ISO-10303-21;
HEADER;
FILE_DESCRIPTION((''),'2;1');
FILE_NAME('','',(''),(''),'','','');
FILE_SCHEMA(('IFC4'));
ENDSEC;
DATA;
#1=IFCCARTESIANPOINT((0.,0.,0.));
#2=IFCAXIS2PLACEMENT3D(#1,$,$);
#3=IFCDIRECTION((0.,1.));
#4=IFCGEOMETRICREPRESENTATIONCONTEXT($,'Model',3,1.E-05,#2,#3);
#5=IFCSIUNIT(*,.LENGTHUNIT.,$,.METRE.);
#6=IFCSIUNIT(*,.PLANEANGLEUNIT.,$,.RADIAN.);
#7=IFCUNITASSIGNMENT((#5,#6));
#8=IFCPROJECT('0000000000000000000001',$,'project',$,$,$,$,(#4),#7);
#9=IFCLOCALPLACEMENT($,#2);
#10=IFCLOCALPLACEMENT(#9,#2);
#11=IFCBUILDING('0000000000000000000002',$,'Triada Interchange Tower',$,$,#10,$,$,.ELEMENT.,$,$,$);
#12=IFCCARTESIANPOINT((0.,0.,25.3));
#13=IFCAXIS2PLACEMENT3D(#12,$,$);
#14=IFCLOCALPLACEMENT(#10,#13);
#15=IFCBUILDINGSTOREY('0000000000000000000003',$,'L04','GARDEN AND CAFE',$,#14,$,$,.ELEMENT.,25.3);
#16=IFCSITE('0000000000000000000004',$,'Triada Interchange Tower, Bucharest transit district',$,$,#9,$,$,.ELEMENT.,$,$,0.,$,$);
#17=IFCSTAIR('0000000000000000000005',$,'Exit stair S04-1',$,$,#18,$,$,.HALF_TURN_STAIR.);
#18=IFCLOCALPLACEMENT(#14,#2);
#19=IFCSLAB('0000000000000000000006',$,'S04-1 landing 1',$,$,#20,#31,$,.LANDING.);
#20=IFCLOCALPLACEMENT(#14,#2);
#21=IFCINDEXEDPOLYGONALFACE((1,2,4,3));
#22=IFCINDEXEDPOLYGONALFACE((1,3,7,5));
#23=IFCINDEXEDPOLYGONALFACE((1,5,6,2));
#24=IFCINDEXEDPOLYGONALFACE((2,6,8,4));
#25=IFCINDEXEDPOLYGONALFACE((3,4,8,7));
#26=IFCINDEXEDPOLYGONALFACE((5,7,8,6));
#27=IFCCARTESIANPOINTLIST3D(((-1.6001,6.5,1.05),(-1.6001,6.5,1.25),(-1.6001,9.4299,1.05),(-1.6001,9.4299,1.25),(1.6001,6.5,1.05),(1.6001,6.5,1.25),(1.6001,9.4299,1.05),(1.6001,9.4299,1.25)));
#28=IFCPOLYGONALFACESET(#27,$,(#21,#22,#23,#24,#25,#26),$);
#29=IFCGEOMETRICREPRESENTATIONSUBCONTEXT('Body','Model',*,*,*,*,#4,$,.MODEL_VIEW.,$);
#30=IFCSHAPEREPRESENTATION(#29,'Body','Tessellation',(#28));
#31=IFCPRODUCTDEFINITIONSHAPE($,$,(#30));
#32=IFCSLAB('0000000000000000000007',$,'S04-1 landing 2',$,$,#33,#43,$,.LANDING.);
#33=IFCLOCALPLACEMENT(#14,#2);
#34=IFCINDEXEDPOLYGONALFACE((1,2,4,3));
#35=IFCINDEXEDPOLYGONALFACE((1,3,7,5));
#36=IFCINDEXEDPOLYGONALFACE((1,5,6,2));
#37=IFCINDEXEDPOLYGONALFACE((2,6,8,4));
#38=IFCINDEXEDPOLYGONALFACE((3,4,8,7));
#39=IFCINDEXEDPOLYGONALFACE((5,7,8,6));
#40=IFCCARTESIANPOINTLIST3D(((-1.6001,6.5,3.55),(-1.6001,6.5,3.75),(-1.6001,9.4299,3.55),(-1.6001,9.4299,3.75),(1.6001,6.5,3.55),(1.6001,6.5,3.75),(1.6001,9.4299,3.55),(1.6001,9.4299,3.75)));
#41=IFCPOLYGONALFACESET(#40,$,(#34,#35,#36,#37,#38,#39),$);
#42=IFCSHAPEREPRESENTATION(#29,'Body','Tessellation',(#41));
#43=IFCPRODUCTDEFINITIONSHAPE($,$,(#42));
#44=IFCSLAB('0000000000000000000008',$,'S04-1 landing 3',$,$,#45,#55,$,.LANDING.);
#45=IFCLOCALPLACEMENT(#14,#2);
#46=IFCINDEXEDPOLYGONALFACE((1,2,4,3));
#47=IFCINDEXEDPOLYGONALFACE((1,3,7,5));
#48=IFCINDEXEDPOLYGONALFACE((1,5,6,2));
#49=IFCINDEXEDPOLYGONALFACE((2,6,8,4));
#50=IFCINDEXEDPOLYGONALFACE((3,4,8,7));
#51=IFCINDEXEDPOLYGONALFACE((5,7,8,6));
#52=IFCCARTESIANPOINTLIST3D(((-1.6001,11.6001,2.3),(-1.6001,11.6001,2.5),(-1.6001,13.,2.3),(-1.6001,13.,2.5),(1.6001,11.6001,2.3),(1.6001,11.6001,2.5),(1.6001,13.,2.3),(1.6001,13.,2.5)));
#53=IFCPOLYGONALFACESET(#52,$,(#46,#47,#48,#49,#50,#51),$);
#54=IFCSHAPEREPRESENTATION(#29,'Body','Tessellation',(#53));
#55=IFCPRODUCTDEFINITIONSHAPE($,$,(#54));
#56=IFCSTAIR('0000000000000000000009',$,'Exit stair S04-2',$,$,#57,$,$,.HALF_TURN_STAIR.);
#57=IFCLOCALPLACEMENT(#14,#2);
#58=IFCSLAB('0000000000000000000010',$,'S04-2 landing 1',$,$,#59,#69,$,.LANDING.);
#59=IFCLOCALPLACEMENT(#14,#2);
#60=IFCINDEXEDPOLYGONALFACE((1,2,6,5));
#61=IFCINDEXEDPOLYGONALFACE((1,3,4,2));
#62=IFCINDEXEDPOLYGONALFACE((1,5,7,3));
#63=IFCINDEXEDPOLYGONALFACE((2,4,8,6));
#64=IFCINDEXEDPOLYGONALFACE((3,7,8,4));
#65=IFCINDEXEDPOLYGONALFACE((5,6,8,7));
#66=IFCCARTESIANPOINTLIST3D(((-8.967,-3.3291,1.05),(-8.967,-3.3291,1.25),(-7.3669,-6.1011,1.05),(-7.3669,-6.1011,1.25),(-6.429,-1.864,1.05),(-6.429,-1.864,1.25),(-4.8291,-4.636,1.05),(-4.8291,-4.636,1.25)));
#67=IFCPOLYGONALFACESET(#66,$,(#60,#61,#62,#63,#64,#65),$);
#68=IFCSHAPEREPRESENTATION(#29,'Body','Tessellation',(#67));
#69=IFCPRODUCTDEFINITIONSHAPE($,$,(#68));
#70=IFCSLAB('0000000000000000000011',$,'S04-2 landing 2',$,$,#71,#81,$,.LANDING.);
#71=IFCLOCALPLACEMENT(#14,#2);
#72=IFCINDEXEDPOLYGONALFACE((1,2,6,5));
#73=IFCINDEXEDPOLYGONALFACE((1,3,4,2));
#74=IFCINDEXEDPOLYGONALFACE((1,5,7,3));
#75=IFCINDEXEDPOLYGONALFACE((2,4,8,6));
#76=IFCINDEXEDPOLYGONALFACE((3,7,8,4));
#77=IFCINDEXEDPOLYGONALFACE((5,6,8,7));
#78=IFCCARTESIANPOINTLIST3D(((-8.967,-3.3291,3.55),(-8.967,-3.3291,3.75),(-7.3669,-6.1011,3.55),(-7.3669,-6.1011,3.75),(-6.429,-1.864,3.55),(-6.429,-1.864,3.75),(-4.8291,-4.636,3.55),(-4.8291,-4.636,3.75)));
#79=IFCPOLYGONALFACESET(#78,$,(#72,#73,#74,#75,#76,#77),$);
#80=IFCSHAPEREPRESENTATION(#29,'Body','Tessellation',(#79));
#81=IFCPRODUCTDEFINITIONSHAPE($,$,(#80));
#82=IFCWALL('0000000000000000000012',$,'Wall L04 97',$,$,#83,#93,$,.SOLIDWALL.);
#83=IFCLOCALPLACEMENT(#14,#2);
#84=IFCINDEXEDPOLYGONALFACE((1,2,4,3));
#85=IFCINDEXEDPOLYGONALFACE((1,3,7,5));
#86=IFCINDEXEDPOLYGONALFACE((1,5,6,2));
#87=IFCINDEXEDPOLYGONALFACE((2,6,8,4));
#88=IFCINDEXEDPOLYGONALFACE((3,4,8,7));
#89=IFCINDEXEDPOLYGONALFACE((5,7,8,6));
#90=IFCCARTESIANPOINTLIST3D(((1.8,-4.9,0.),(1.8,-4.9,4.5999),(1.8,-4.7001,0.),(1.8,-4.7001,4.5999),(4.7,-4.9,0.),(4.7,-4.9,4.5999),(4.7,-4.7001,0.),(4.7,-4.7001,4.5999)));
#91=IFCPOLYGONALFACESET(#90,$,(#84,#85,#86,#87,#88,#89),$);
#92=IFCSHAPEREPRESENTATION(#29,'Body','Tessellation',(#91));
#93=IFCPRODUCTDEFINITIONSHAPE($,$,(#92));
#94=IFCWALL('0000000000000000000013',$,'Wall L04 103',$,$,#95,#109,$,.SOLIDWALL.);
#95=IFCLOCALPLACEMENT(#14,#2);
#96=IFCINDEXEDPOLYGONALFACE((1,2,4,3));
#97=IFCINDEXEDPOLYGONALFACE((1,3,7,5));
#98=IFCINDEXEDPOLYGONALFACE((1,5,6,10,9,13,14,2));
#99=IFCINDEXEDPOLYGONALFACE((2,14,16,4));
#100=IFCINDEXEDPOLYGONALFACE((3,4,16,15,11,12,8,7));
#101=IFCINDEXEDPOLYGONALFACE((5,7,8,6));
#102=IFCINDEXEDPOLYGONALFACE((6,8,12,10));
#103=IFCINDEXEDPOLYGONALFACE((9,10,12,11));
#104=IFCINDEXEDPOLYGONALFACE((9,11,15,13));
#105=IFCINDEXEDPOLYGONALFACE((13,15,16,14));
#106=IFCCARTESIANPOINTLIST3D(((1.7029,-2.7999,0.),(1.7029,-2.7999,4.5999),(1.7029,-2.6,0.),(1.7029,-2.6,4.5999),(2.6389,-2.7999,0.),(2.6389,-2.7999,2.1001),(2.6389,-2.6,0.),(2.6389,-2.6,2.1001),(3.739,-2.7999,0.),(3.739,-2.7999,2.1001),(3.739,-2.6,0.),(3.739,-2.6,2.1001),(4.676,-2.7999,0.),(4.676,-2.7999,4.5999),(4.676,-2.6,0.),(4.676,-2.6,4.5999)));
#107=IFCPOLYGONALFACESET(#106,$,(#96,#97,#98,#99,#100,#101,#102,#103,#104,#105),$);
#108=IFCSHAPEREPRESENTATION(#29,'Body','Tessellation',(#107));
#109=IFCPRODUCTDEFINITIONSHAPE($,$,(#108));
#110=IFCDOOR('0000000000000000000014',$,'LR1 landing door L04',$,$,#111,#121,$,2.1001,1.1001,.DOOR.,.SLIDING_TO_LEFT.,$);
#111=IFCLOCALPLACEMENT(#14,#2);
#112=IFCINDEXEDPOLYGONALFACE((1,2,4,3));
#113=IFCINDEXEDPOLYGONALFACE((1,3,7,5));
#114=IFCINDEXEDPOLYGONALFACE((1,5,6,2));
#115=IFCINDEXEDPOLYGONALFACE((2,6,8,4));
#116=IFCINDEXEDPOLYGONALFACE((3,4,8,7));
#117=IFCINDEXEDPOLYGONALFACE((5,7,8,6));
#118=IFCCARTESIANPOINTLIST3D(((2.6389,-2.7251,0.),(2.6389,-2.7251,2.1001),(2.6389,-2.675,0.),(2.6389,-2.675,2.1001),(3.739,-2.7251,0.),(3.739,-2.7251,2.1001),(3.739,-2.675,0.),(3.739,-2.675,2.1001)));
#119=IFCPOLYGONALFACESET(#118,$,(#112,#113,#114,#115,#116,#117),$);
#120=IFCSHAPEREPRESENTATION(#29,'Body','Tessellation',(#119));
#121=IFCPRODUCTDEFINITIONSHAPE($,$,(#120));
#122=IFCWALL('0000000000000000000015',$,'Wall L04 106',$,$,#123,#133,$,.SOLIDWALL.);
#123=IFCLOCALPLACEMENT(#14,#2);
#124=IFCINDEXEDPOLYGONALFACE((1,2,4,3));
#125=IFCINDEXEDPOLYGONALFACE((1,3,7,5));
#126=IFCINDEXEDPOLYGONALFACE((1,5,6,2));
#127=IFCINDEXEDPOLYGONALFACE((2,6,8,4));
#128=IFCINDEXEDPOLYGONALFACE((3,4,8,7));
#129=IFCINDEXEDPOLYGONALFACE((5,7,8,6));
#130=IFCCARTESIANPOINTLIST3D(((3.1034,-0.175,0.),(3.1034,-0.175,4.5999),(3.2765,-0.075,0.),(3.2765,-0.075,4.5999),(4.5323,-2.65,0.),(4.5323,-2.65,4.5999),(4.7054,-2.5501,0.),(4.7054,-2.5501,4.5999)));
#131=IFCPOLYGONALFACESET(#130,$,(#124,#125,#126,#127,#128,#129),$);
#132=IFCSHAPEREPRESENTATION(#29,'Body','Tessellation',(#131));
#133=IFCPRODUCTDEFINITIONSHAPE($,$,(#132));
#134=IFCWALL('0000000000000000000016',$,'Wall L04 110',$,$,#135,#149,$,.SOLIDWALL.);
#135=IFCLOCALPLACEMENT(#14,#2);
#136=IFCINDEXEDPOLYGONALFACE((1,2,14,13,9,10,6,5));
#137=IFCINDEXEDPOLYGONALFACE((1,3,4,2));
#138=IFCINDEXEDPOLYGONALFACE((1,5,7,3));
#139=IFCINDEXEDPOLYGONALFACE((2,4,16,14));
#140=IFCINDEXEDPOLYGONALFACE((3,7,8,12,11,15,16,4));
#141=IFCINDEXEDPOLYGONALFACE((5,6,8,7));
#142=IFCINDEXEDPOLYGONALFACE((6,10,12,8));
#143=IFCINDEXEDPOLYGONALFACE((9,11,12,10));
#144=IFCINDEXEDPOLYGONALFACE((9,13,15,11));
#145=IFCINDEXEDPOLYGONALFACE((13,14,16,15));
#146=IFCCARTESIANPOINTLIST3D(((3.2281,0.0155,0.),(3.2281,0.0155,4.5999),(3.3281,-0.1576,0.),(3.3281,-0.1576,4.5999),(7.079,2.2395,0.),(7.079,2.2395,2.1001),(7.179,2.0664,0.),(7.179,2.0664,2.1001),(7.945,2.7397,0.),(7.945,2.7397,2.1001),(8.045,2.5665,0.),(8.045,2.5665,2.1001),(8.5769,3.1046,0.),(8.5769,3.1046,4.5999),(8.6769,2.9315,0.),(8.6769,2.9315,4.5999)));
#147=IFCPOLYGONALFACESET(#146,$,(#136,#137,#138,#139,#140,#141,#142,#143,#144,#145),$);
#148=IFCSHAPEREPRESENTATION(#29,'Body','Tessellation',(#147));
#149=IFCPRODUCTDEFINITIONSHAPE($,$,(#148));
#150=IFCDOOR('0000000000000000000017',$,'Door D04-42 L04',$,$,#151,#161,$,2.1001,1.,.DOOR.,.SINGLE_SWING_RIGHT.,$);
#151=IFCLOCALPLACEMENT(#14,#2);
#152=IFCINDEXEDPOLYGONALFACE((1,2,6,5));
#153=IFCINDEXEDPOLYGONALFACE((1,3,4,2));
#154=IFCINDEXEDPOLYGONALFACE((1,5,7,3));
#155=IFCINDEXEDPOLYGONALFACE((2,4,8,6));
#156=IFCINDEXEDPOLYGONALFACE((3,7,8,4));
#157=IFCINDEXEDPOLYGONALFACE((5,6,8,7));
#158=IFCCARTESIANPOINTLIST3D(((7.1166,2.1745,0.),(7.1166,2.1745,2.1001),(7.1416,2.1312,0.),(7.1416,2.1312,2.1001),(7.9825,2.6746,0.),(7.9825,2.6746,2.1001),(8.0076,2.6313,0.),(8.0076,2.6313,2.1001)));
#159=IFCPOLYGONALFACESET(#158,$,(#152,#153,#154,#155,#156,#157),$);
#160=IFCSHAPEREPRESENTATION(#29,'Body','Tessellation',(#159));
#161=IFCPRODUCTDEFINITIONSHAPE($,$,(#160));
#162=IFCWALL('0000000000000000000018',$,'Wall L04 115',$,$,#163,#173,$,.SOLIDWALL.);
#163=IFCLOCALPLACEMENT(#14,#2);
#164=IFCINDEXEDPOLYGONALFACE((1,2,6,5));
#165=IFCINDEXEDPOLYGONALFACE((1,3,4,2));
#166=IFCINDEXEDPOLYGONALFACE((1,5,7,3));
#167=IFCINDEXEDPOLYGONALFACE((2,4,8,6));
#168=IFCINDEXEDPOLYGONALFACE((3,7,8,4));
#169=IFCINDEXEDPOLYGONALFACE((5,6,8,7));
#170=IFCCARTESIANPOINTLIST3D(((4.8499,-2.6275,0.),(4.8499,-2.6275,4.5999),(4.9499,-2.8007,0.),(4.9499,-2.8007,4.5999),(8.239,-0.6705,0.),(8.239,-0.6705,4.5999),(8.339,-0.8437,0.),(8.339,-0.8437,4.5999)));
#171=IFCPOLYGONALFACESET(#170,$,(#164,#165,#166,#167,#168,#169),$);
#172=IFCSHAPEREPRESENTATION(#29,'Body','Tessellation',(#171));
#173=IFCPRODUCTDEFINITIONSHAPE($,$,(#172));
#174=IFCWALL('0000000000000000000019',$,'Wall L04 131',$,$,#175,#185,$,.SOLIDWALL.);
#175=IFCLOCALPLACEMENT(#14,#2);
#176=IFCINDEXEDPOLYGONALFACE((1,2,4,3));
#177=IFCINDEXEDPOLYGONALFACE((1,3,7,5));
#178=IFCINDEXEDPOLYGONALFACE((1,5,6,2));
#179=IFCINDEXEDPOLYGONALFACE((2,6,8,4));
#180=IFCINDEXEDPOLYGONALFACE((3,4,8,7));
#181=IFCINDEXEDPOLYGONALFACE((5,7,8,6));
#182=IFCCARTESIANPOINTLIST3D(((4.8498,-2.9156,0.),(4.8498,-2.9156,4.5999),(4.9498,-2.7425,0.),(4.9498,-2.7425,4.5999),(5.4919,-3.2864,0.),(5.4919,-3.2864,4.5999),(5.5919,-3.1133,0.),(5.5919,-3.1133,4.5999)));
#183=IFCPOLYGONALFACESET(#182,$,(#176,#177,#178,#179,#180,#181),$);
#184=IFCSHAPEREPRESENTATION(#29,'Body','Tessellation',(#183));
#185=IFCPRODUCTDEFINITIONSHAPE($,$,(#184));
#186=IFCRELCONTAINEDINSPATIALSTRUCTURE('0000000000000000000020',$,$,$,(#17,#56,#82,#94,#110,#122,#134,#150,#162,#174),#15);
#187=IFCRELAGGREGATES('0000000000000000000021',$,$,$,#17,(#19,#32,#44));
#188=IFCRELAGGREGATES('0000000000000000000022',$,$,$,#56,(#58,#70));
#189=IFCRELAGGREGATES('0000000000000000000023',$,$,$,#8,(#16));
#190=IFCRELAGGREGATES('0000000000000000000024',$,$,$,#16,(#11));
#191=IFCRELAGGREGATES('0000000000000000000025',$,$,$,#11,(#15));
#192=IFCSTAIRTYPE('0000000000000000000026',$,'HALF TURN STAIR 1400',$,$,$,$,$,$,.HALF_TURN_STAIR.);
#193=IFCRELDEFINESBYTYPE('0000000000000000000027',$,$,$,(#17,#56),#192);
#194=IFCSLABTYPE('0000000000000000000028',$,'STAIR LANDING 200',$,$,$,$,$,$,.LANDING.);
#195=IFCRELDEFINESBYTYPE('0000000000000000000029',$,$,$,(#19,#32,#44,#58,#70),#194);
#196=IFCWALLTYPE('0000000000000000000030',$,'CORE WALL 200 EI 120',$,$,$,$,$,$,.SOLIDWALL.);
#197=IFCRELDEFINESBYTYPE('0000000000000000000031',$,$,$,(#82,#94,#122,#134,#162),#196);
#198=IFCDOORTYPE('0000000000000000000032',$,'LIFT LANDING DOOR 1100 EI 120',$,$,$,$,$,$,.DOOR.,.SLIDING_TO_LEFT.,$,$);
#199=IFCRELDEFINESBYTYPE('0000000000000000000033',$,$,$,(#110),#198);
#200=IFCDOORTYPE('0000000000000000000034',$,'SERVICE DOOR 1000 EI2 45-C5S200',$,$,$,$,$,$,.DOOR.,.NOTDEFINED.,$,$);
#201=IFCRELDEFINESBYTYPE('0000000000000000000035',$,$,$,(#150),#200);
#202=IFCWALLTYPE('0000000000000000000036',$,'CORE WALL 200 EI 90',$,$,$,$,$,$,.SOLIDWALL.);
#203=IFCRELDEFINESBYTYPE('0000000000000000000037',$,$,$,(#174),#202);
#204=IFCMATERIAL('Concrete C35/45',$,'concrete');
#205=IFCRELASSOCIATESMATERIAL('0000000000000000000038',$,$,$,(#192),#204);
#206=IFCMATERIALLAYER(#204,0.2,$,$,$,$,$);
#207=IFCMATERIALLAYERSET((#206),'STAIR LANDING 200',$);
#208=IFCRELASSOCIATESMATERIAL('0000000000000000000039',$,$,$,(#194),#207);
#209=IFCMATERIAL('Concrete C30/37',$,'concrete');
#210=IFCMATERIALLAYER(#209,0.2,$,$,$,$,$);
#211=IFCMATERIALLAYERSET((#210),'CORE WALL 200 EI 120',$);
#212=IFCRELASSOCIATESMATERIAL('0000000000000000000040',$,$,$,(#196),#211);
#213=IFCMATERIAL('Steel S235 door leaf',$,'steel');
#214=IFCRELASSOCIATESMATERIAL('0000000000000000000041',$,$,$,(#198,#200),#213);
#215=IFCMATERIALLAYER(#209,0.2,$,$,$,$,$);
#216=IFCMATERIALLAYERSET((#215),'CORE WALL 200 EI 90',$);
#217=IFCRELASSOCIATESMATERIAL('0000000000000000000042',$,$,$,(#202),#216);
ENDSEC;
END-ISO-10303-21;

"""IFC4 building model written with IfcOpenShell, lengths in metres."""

from ifc_helpers import new_model, si_unit, direction, frame, frame_2d, origin, place, context, subcontext, project, spatial, polyline, rectangle, outline, extrude, material, layer, layer_set, type_object, element, fill, aggregate, save


model = new_model("IFC4")

# Units and contexts
model_context = context("Model", 3, precision=1e-05, world=origin(), true_north=direction((0.0, 1.0)))
body_context = subcontext(model_context, "Body", "Model", "MODEL_VIEW")
ifc_project = project(units=[si_unit("LENGTHUNIT", "METRE"), si_unit("PLANEANGLEUNIT", "RADIAN")], contexts=[model_context])

# Site, building, storey
site_placement = place(None, origin())
site = spatial("IfcSite", under=ifc_project, at=site_placement, Name="Triada Interchange Tower, Bucharest transit district", CompositionType="ELEMENT", RefElevation=0.0)
building_placement = place(site_placement, origin())
building = spatial("IfcBuilding", under=site, at=building_placement, Name="Triada Interchange Tower", CompositionType="ELEMENT")
storey_placement = place(building_placement, frame((0.0, 0.0, 25.3)))
storey = spatial("IfcBuildingStorey", under=building, at=storey_placement, Name="L04", Description="GARDEN AND CAFE", CompositionType="ELEMENT", Elevation=25.3)

# Stairs, slabs
ifc_material_1 = material(Name="Concrete C35/45", Category="concrete")
stair_type = type_object("IfcStairType", Name="HALF TURN STAIR 1400", PredefinedType="HALF_TURN_STAIR", material=ifc_material_1)
stair_1_placement = place(storey_placement, origin())
stair_1 = element("IfcStair", 1, at=stair_1_placement, inside=storey, type_object=stair_type, Name="Exit stair S04-1", PredefinedType="HALF_TURN_STAIR")
ifc_layer_1 = layer(ifc_material_1, 0.2)
ifc_layer_set_1 = layer_set([ifc_layer_1], Name="STAIR LANDING 200")
slab_type = type_object("IfcSlabType", Name="STAIR LANDING 200", PredefinedType="LANDING", material=ifc_layer_set_1)
slab_1_placement = place(storey_placement, frame((0.0, 0.0, 1.05)))
slab_1 = element("IfcSlab", 2, at=slab_1_placement, type_object=slab_type, Name="S04-1 landing 1", PredefinedType="LANDING", context=body_context, shape_type="SweptSolid", body=[
    extrude(outline(polyline([(1.6001, 6.5), (1.6001, 9.4299), (-1.6001, 9.4299), (-1.6001, 6.5), (1.6001, 6.5)])), origin(), (0.0, 0.0, 1.0), 0.2),
])
slab_2_placement = place(storey_placement, frame((0.0, 0.0, 3.55)))
slab_2 = element("IfcSlab", 3, at=slab_2_placement, type_object=slab_type, Name="S04-1 landing 2", PredefinedType="LANDING", context=body_context, shape_type="SweptSolid", body=[
    extrude(outline(polyline([(1.6001, 6.5), (1.6001, 9.4299), (-1.6001, 9.4299), (-1.6001, 6.5), (1.6001, 6.5)])), origin(), (0.0, 0.0, 1.0), 0.2),
])
slab_3_placement = place(storey_placement, frame((0.0, 0.0, 2.3)))
slab_3 = element("IfcSlab", 4, at=slab_3_placement, type_object=slab_type, Name="S04-1 landing 3", PredefinedType="LANDING", context=body_context, shape_type="SweptSolid", body=[
    extrude(outline(polyline([(1.6001, 11.6001), (1.6001, 13.0), (-1.6001, 13.0), (-1.6001, 11.6001), (1.6001, 11.6001)])), origin(), (0.0, 0.0, 1.0), 0.2),
])
aggregate(stair_1, [slab_1, slab_2, slab_3])
stair_2_placement = place(storey_placement, origin())
stair_2 = element("IfcStair", 5, at=stair_2_placement, inside=storey, type_object=stair_type, Name="Exit stair S04-2", PredefinedType="HALF_TURN_STAIR")
slab_4_placement = place(storey_placement, frame((0.0, 0.0, 1.05)))
slab_4 = element("IfcSlab", 6, at=slab_4_placement, type_object=slab_type, Name="S04-2 landing 1", PredefinedType="LANDING", context=body_context, shape_type="SweptSolid", body=[
    extrude(outline(polyline([(-6.429, -1.864), (-8.967, -3.3291), (-7.3669, -6.1011), (-4.8291, -4.636), (-6.429, -1.864)])), origin(), (0.0, 0.0, 1.0), 0.2),
])
slab_5_placement = place(storey_placement, frame((0.0, 0.0, 3.55)))
slab_5 = element("IfcSlab", 7, at=slab_5_placement, type_object=slab_type, Name="S04-2 landing 2", PredefinedType="LANDING", context=body_context, shape_type="SweptSolid", body=[
    extrude(outline(polyline([(-6.429, -1.864), (-8.967, -3.3291), (-7.3669, -6.1011), (-4.8291, -4.636), (-6.429, -1.864)])), origin(), (0.0, 0.0, 1.0), 0.2),
])
aggregate(stair_2, [slab_4, slab_5])

# Wall
ifc_material_2 = material(Name="Concrete C30/37", Category="concrete")
ifc_layer_2 = layer(ifc_material_2, 0.2)
ifc_layer_set_2 = layer_set([ifc_layer_2], Name="CORE WALL 200 EI 120")
wall_type_1 = type_object("IfcWallType", Name="CORE WALL 200 EI 120", PredefinedType="SOLIDWALL", material=ifc_layer_set_2)
wall_1_placement = place(storey_placement, frame((1.8, -4.8, 0.0), z_axis=(0.0, 0.0, 1.0), x_axis=(1.0, 0.0, 0.0)))
element("IfcWall", 8, at=wall_1_placement, inside=storey, type_object=wall_type_1, Name="Wall L04 97", PredefinedType="SOLIDWALL", context=body_context, shape_type="SweptSolid", body=[
    extrude(rectangle(XDim=2.8999, YDim=0.2, at=frame_2d((1.45, 0.0))), origin(), (0.0, 0.0, 1.0), 4.5999),
])

# Wall, opening, door
wall_2_placement = place(storey_placement, frame((1.7029, -2.7, 0.0), z_axis=(0.0, 0.0, 1.0), x_axis=(1.0, 0.0, 0.0)))
wall_2 = element("IfcWall", 9, at=wall_2_placement, inside=storey, type_object=wall_type_1, Name="Wall L04 103", PredefinedType="SOLIDWALL", context=body_context, shape_type="SweptSolid", body=[
    extrude(rectangle(XDim=2.9731, YDim=0.2, at=frame_2d((1.4866, 0.0))), origin(), (0.0, 0.0, 1.0), 4.5999),
])
opening_1_placement = place(wall_2_placement, frame((0.936, 0.0, 0.0)))
opening_1 = element("IfcOpeningElement", 10, at=opening_1_placement, cuts=wall_2, PredefinedType="OPENING", context=body_context, shape_type="SweptSolid", body=[
    extrude(rectangle(XDim=1.1001, YDim=2.1001, at=frame_2d((0.55, 1.05))), frame((0.0, 0.1099, 0.0), z_axis=(0.0, -1.0, 0.0), x_axis=(1.0, 0.0, 0.0)), (0.0, 0.0, 1.0), 0.22),
])
ifc_material_3 = material(Name="Steel S235 door leaf", Category="steel")
door_type_1 = type_object("IfcDoorType", Name="LIFT LANDING DOOR 1100 EI 120", OperationType="SLIDING_TO_LEFT", PredefinedType="DOOR", material=ifc_material_3)
door_1_placement = place(opening_1_placement, origin())
door_1 = element("IfcDoor", 11, at=door_1_placement, inside=storey, type_object=door_type_1, Name="LR1 landing door L04", OperationType="SLIDING_TO_LEFT", OverallHeight=2.1001, OverallWidth=1.1001, PredefinedType="DOOR", context=body_context, shape_type="SweptSolid", body=[
    extrude(rectangle(XDim=1.1001, YDim=2.1001, at=frame_2d((0.55, 1.05))), frame((0.0, 0.0249, 0.0), z_axis=(0.0, -1.0, 0.0), x_axis=(1.0, 0.0, 0.0)), (0.0, 0.0, 1.0), 0.05),
])
fill(opening_1, door_1)

# Wall
wall_3_placement = place(storey_placement, frame((3.1899, -0.125, 0.0), z_axis=(0.0, 0.0, 1.0), x_axis=(0.499989, -0.866032, 0.0)))
element("IfcWall", 12, at=wall_3_placement, inside=storey, type_object=wall_type_1, Name="Wall L04 106", PredefinedType="SOLIDWALL", context=body_context, shape_type="SweptSolid", body=[
    extrude(rectangle(XDim=2.8579, YDim=0.2, at=frame_2d((1.429, 0.0))), origin(), (0.0, 0.0, 1.0), 4.5999),
])

# Wall, opening, door
wall_4_placement = place(storey_placement, frame((3.2781, -0.071, 0.0), z_axis=(0.0, 0.0, 1.0), x_axis=(0.86596, 0.500114, 0.0)))
wall_4 = element("IfcWall", 13, at=wall_4_placement, inside=storey, type_object=wall_type_1, Name="Wall L04 110", PredefinedType="SOLIDWALL", context=body_context, shape_type="SweptSolid", body=[
    extrude(rectangle(XDim=6.1768, YDim=0.2, at=frame_2d((3.0884, 0.0))), origin(), (0.0, 0.0, 1.0), 4.5999),
])
opening_2_placement = place(wall_4_placement, frame((4.447, 0.0, 0.0)))
opening_2 = element("IfcOpeningElement", 14, at=opening_2_placement, cuts=wall_4, PredefinedType="OPENING", context=body_context, shape_type="SweptSolid", body=[
    extrude(rectangle(XDim=1.0, YDim=2.1001, at=frame_2d((0.5, 1.05))), frame((0.0, 0.1099, 0.0), z_axis=(0.0, -1.0, 0.0), x_axis=(1.0, 0.0, 0.0)), (0.0, 0.0, 1.0), 0.22),
])
door_type_2 = type_object("IfcDoorType", Name="SERVICE DOOR 1000 EI2 45-C5S200", OperationType="NOTDEFINED", PredefinedType="DOOR", material=ifc_material_3)
door_2_placement = place(opening_2_placement, origin())
door_2 = element("IfcDoor", 15, at=door_2_placement, inside=storey, type_object=door_type_2, Name="Door D04-42 L04", OperationType="SINGLE_SWING_RIGHT", OverallHeight=2.1001, OverallWidth=1.0, PredefinedType="DOOR", context=body_context, shape_type="SweptSolid", body=[
    extrude(rectangle(XDim=1.0, YDim=2.1001, at=frame_2d((0.5, 1.05))), frame((0.0, 0.0249, 0.0), z_axis=(0.0, -1.0, 0.0), x_axis=(1.0, 0.0, 0.0)), (0.0, 0.0, 1.0), 0.05),
])
fill(opening_2, door_2)

# Walls
wall_5_placement = place(storey_placement, frame((4.8999, -2.7141, 0.0), z_axis=(0.0, 0.0, 1.0), x_axis=(0.865992, 0.500057, 0.0)))
element("IfcWall", 16, at=wall_5_placement, inside=storey, type_object=wall_type_1, Name="Wall L04 115", PredefinedType="SOLIDWALL", context=body_context, shape_type="SweptSolid", body=[
    extrude(rectangle(XDim=3.9136, YDim=0.2, at=frame_2d((1.9568, 0.0))), origin(), (0.0, 0.0, 1.0), 4.5999),
])
ifc_layer_3 = layer(ifc_material_2, 0.2)
ifc_layer_set_3 = layer_set([ifc_layer_3], Name="CORE WALL 200 EI 90")
wall_type_2 = type_object("IfcWallType", Name="CORE WALL 200 EI 90", PredefinedType="SOLIDWALL", material=ifc_layer_set_3)
wall_6_placement = place(storey_placement, frame((4.8999, -2.8291, 0.0), z_axis=(0.0, 0.0, 1.0), x_axis=(0.865944, -0.50014, 0.0)))
element("IfcWall", 17, at=wall_6_placement, inside=storey, type_object=wall_type_2, Name="Wall L04 131", PredefinedType="SOLIDWALL", context=body_context, shape_type="SweptSolid", body=[
    extrude(rectangle(XDim=0.7415, YDim=0.2, at=frame_2d((0.3706, 0.0))), origin(), (0.0, 0.0, 1.0), 4.5999),
])

save(model, "model.ifc")
